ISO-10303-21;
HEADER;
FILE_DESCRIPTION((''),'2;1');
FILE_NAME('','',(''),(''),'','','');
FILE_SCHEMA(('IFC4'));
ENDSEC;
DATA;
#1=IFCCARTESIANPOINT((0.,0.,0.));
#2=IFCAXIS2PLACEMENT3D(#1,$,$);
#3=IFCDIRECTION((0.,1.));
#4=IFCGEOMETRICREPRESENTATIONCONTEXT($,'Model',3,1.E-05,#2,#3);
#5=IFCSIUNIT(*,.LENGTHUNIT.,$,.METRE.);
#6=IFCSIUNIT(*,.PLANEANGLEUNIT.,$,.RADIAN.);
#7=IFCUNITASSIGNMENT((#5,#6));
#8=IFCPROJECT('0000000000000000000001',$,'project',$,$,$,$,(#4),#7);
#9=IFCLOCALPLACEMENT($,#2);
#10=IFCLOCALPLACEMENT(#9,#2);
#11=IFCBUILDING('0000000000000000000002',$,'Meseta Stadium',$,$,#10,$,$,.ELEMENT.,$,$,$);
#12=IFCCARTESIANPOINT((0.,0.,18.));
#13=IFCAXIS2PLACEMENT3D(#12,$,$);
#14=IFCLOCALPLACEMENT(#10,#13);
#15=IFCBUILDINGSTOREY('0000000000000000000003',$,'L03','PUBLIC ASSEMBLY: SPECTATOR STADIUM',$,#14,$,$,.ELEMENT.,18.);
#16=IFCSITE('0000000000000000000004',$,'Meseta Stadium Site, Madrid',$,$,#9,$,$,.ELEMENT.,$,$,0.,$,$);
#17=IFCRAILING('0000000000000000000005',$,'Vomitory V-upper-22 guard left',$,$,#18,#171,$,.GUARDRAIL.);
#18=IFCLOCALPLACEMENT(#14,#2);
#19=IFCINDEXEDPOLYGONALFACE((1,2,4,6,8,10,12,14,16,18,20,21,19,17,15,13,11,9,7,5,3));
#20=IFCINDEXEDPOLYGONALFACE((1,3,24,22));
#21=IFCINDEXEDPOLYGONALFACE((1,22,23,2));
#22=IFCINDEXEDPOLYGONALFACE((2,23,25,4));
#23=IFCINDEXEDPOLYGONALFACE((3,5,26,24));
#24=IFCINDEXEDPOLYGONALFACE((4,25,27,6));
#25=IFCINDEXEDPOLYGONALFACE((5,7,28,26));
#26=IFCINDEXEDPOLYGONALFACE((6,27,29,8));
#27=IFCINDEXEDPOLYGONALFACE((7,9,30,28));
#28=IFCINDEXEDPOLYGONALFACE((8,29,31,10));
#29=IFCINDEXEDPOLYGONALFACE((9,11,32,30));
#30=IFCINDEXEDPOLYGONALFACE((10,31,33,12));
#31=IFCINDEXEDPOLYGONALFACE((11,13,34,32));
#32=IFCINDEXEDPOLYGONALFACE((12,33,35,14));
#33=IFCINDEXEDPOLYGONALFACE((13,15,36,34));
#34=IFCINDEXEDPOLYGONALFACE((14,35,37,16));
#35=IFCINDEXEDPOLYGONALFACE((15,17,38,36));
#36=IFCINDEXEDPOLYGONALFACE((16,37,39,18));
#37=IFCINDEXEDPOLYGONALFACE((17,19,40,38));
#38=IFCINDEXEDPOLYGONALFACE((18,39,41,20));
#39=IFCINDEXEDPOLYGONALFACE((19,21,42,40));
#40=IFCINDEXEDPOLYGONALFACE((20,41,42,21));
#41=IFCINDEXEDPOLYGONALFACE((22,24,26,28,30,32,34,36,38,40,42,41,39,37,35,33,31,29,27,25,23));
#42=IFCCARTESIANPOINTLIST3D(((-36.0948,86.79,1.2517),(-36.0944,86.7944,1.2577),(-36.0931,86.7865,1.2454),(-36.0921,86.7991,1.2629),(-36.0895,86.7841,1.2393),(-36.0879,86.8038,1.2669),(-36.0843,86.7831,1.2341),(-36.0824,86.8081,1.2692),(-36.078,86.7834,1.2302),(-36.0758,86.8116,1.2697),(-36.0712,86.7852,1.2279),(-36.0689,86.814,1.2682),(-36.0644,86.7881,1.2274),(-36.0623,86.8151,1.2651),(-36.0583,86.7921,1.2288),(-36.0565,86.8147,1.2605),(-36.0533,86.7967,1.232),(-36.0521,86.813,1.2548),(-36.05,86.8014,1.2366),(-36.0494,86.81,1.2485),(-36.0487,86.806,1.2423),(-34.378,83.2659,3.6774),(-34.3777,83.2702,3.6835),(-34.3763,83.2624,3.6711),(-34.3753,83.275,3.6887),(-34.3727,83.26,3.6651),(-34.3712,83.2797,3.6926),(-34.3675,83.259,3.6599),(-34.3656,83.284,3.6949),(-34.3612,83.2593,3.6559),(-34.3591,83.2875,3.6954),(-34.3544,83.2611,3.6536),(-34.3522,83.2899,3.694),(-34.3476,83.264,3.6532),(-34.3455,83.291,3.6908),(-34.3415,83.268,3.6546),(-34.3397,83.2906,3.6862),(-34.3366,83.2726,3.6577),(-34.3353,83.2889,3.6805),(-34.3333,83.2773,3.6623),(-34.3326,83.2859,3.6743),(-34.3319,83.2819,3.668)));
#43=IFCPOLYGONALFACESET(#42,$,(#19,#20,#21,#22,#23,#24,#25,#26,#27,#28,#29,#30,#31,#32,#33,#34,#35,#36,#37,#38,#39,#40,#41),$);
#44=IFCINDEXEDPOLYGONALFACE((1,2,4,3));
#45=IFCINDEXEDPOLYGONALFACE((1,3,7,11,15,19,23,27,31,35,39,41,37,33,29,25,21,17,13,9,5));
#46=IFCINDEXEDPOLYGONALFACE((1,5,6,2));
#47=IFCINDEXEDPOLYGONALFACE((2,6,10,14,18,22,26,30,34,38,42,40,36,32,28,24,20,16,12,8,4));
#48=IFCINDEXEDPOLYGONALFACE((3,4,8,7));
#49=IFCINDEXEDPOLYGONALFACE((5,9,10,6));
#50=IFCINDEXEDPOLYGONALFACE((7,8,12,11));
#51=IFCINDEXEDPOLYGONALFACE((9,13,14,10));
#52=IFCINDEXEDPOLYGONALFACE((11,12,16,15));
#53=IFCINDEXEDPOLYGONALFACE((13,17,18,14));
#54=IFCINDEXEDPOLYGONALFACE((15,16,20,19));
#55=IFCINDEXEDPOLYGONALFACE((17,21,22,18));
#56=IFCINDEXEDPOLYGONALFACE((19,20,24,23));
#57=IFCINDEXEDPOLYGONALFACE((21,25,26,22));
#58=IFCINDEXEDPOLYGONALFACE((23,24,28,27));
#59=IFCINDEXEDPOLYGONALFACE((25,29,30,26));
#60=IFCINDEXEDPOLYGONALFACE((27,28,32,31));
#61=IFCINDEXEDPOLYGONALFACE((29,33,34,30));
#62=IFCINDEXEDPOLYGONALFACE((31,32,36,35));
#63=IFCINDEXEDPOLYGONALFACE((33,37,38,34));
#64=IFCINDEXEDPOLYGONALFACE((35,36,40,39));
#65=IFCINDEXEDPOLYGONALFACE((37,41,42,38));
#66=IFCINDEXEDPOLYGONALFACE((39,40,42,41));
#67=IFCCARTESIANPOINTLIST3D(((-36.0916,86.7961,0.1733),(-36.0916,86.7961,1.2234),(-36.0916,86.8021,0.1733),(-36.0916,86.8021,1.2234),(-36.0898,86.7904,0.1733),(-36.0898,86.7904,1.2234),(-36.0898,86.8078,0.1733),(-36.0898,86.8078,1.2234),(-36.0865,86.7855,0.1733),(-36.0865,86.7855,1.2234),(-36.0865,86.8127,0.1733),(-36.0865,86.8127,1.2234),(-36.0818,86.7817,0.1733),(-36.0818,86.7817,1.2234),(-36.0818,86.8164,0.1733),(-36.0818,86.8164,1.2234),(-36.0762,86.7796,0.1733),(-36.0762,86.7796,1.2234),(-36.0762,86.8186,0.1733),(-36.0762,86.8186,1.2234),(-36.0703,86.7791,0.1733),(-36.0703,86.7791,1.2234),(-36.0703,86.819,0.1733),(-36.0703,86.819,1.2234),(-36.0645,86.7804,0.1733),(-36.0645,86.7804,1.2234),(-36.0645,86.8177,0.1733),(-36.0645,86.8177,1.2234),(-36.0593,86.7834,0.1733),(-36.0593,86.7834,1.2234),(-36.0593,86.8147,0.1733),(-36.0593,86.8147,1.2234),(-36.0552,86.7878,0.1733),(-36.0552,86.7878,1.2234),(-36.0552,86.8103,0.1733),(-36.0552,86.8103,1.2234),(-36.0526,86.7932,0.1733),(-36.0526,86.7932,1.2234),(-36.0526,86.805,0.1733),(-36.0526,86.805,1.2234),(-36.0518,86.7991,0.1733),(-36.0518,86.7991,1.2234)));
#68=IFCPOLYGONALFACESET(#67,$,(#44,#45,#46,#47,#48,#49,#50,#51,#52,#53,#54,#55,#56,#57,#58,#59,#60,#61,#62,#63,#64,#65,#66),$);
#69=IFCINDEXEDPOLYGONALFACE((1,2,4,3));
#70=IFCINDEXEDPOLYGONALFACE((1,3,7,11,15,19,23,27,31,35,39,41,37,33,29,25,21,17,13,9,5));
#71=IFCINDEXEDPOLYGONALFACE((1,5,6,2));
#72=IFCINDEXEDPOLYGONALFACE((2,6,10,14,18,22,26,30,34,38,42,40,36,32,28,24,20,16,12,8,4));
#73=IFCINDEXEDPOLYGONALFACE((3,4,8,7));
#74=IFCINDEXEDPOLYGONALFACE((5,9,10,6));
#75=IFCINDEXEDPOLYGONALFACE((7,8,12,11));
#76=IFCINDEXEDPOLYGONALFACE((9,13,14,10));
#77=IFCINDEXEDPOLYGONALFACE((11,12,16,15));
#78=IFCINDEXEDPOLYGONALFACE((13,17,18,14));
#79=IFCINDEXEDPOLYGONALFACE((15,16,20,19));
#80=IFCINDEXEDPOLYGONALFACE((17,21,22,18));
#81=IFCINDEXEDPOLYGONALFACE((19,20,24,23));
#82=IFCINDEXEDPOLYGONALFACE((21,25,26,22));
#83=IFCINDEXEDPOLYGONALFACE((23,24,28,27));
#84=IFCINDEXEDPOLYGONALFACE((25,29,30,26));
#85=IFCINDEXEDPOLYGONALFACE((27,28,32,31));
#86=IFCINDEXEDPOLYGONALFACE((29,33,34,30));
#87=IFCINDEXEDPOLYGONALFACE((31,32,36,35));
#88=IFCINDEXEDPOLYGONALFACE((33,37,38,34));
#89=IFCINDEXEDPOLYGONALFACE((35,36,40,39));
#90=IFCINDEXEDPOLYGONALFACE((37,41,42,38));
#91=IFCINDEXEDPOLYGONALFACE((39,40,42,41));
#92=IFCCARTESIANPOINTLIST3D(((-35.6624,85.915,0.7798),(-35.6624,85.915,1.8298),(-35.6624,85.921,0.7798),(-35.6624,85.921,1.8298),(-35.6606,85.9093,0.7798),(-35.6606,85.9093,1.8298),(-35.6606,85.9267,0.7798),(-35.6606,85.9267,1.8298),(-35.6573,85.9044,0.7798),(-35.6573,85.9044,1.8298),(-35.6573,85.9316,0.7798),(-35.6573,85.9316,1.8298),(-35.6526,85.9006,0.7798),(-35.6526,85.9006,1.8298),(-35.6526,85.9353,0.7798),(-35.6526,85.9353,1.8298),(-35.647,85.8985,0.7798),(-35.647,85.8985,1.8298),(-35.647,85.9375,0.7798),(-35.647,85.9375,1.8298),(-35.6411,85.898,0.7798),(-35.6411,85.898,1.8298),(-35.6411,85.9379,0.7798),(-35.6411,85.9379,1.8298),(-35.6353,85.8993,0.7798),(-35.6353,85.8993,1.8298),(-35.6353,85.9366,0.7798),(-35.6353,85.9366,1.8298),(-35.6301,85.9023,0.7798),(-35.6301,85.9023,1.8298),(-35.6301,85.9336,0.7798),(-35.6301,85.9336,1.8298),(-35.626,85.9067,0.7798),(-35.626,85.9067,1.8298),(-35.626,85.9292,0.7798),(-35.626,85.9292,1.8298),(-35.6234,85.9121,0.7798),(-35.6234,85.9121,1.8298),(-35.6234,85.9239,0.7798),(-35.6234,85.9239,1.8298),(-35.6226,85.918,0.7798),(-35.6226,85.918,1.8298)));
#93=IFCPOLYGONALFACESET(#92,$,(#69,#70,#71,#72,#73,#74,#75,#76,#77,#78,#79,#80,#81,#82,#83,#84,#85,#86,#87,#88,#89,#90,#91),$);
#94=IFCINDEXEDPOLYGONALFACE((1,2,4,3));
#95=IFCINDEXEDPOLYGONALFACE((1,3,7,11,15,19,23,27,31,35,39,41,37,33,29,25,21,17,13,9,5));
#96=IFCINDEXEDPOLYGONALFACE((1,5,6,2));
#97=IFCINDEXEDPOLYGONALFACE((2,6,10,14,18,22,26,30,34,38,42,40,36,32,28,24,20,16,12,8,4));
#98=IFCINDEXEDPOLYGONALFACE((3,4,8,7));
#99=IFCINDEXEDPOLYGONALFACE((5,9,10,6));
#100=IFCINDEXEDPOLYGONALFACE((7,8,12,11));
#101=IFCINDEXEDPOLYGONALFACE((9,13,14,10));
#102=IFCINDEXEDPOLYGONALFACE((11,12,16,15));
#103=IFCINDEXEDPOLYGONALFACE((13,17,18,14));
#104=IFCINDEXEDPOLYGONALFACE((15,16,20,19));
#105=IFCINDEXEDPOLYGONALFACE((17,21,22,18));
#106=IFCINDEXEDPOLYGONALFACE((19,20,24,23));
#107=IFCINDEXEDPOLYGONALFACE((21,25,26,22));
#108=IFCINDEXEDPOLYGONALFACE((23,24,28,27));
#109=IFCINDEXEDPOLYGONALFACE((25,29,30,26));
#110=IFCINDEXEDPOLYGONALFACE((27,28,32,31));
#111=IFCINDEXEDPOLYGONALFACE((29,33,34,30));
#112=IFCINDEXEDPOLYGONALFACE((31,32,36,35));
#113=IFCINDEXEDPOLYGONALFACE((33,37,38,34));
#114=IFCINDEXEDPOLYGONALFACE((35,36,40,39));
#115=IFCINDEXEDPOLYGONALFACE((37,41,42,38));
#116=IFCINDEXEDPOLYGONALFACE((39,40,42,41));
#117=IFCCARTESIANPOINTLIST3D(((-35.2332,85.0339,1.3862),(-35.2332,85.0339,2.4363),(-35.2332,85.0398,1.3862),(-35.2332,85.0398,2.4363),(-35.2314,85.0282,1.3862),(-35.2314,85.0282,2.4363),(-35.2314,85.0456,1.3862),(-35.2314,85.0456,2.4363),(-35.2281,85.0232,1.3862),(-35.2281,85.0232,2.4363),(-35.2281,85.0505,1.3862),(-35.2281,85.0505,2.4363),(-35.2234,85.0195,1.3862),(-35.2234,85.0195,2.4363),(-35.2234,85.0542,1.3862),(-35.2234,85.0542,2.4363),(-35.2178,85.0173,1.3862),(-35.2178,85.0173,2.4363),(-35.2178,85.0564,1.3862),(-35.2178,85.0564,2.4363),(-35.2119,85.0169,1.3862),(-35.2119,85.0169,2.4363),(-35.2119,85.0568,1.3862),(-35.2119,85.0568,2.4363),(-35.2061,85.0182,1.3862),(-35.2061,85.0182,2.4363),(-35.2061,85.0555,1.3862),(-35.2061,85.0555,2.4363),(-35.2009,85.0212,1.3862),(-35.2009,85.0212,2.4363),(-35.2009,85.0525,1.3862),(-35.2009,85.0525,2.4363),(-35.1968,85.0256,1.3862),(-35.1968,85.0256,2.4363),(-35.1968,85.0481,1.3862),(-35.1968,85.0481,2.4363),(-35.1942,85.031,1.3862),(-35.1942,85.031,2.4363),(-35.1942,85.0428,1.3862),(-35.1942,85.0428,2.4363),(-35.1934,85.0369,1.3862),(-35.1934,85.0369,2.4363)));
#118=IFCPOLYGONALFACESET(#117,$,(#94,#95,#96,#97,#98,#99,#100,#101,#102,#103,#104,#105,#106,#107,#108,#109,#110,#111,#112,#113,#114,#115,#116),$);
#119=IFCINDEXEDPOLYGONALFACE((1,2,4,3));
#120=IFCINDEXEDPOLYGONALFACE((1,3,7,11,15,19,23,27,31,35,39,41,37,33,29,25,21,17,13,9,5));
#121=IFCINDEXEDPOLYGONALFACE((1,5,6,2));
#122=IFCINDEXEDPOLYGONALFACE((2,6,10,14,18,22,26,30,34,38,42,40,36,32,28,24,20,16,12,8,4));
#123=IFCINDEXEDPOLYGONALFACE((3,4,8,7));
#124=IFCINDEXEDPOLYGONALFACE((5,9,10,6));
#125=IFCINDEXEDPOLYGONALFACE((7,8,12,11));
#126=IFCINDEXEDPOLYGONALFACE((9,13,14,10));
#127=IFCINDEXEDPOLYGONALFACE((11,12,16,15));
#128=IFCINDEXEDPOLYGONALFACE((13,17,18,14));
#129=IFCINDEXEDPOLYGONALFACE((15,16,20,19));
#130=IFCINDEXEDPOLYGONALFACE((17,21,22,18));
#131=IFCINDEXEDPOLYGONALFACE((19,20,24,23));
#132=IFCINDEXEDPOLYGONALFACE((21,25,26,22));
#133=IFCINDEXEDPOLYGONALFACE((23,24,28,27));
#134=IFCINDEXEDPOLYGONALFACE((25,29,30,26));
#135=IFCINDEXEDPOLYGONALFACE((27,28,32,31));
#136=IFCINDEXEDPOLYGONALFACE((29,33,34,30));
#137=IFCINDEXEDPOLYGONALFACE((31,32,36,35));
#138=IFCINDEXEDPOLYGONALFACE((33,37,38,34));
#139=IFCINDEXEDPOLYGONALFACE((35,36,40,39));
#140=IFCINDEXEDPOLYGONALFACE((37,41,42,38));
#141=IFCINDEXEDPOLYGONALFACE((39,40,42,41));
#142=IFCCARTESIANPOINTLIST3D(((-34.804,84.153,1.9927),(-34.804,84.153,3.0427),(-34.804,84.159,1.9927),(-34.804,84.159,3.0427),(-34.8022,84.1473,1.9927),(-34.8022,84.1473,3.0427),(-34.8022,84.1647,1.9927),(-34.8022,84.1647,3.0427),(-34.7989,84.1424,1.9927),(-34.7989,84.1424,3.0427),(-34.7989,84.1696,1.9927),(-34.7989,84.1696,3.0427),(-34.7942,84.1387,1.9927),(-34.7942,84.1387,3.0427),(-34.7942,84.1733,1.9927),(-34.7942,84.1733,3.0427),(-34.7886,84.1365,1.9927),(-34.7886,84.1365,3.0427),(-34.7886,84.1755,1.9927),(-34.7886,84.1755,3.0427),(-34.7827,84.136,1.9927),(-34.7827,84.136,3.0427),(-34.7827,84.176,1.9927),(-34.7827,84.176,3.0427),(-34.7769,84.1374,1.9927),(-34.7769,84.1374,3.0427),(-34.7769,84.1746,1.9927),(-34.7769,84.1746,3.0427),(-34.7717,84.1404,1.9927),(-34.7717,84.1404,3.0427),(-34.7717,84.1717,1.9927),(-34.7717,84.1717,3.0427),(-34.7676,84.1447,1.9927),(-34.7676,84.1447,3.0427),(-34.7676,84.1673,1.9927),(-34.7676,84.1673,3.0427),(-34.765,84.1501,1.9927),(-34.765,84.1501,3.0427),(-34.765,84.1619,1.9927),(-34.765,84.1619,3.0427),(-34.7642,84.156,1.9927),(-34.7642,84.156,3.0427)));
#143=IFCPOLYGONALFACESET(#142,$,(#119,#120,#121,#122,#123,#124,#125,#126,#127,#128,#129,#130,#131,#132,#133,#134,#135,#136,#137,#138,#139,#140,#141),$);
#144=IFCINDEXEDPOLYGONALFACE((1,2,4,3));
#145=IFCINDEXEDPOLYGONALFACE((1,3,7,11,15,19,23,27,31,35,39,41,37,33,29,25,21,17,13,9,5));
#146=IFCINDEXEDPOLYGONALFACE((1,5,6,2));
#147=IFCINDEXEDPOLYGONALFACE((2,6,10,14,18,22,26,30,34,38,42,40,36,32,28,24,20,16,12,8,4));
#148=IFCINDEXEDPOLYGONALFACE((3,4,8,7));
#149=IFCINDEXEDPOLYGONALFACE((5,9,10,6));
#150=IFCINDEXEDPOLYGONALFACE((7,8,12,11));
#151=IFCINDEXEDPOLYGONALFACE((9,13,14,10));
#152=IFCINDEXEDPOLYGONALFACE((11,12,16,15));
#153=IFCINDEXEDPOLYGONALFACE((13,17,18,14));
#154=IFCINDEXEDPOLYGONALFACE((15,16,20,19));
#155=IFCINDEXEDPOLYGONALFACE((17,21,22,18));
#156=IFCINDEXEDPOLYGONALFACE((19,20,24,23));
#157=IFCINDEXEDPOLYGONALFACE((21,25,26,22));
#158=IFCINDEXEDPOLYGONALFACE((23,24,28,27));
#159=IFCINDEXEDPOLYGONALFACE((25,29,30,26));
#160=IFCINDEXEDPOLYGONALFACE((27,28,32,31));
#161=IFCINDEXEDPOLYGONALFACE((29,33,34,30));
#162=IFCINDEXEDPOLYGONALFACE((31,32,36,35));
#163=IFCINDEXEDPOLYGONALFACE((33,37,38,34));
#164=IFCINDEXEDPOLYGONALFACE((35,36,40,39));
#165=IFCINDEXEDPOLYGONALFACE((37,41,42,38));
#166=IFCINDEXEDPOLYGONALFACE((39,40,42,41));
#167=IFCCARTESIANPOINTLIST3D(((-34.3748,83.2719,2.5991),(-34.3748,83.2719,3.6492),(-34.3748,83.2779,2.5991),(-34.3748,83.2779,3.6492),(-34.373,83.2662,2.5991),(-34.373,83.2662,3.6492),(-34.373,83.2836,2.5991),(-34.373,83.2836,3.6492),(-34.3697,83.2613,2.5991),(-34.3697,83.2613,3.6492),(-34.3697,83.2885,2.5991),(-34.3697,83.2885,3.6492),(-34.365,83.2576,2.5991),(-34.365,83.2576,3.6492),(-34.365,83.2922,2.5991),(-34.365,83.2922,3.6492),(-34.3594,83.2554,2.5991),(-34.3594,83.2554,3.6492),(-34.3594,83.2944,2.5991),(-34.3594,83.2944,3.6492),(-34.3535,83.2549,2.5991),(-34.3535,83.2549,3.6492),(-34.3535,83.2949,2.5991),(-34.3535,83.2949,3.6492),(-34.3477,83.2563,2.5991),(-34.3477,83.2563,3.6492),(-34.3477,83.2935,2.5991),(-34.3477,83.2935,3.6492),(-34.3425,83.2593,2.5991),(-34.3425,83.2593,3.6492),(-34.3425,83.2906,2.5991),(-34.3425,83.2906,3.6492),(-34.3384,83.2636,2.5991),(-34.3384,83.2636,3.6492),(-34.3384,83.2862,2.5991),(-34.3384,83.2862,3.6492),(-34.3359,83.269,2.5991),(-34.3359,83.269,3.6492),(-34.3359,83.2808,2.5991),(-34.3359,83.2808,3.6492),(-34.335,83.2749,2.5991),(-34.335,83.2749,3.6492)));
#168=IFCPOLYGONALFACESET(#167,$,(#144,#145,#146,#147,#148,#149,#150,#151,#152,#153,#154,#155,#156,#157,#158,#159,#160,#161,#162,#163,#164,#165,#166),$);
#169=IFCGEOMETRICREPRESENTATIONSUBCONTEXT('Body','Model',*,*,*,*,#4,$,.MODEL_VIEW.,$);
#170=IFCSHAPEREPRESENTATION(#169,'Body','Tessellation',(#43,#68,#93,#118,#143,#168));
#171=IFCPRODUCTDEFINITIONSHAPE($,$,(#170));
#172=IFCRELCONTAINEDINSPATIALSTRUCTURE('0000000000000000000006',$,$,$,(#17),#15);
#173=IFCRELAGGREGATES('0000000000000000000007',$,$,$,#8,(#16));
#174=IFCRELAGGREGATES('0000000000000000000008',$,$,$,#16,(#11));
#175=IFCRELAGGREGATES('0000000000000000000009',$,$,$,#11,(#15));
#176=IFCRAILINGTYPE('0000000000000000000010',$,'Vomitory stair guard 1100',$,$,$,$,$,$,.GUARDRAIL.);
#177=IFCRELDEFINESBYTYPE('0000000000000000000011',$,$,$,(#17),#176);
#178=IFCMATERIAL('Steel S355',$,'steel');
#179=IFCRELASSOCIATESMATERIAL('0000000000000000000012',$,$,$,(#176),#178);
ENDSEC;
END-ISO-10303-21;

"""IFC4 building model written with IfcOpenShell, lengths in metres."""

from ifc_helpers import new_model, si_unit, direction, frame, origin, origin_2d, place, context, subcontext, project, spatial, circle, extrude, material, type_object, element, save


model = new_model("IFC4")

# Units and contexts
model_context = context("Model", 3, precision=1e-05, world=origin(), true_north=direction((0.0, 1.0)))
body_context = subcontext(model_context, "Body", "Model", "MODEL_VIEW")
ifc_project = project(units=[si_unit("LENGTHUNIT", "METRE"), si_unit("PLANEANGLEUNIT", "RADIAN")], contexts=[model_context])

# Site, building, storey
site_placement = place(None, origin())
site = spatial("IfcSite", under=ifc_project, at=site_placement, Name="Meseta Stadium Site, Madrid", CompositionType="ELEMENT", RefElevation=0.0)
building_placement = place(site_placement, origin())
building = spatial("IfcBuilding", under=site, at=building_placement, Name="Meseta Stadium", CompositionType="ELEMENT")
storey_placement = place(building_placement, frame((0.0, 0.0, 18.0)))
storey = spatial("IfcBuildingStorey", under=building, at=storey_placement, Name="L03", Description="PUBLIC ASSEMBLY: SPECTATOR STADIUM", CompositionType="ELEMENT", Elevation=18.0)

# Railing
ifc_material_1 = material(Name="Steel S355", Category="steel")
railing_type_1 = type_object("IfcRailingType", Name="Vomitory stair guard 1100", PredefinedType="GUARDRAIL", material=ifc_material_1)
railing_1_placement = place(storey_placement, frame((-36.0718, 86.7991, 0.1733)))
element("IfcRailing", 1, at=railing_1_placement, inside=storey, type_object=railing_type_1, Name="Vomitory V-upper-22 guard left", PredefinedType="GUARDRAIL", context=body_context, shape_type="SweptSolid", body=[
    extrude(circle(Radius=0.0249, at=origin_2d()), frame((0.0, 0.0, 1.0752), z_axis=(0.372412, -0.764471, 0.526206), x_axis=(0.899001, 0.437947, 0.0)), (0.0, 0.0, 1.0), 4.6099),
    extrude(circle(Radius=0.02, at=origin_2d()), origin(), (0.0, 0.0, 1.0), 1.05),
    extrude(circle(Radius=0.02, at=origin_2d()), frame((0.4292, -0.8811, 0.6064)), (0.0, 0.0, 1.0), 1.05),
    extrude(circle(Radius=0.02, at=origin_2d()), frame((0.8584, -1.7622, 1.2129)), (0.0, 0.0, 1.0), 1.05),
    extrude(circle(Radius=0.02, at=origin_2d()), frame((1.2876, -2.6431, 1.8193)), (0.0, 0.0, 1.0), 1.05),
    extrude(circle(Radius=0.02, at=origin_2d()), frame((1.7168, -3.5242, 2.4258)), (0.0, 0.0, 1.0), 1.05),
])

save(model, "model.ifc")
